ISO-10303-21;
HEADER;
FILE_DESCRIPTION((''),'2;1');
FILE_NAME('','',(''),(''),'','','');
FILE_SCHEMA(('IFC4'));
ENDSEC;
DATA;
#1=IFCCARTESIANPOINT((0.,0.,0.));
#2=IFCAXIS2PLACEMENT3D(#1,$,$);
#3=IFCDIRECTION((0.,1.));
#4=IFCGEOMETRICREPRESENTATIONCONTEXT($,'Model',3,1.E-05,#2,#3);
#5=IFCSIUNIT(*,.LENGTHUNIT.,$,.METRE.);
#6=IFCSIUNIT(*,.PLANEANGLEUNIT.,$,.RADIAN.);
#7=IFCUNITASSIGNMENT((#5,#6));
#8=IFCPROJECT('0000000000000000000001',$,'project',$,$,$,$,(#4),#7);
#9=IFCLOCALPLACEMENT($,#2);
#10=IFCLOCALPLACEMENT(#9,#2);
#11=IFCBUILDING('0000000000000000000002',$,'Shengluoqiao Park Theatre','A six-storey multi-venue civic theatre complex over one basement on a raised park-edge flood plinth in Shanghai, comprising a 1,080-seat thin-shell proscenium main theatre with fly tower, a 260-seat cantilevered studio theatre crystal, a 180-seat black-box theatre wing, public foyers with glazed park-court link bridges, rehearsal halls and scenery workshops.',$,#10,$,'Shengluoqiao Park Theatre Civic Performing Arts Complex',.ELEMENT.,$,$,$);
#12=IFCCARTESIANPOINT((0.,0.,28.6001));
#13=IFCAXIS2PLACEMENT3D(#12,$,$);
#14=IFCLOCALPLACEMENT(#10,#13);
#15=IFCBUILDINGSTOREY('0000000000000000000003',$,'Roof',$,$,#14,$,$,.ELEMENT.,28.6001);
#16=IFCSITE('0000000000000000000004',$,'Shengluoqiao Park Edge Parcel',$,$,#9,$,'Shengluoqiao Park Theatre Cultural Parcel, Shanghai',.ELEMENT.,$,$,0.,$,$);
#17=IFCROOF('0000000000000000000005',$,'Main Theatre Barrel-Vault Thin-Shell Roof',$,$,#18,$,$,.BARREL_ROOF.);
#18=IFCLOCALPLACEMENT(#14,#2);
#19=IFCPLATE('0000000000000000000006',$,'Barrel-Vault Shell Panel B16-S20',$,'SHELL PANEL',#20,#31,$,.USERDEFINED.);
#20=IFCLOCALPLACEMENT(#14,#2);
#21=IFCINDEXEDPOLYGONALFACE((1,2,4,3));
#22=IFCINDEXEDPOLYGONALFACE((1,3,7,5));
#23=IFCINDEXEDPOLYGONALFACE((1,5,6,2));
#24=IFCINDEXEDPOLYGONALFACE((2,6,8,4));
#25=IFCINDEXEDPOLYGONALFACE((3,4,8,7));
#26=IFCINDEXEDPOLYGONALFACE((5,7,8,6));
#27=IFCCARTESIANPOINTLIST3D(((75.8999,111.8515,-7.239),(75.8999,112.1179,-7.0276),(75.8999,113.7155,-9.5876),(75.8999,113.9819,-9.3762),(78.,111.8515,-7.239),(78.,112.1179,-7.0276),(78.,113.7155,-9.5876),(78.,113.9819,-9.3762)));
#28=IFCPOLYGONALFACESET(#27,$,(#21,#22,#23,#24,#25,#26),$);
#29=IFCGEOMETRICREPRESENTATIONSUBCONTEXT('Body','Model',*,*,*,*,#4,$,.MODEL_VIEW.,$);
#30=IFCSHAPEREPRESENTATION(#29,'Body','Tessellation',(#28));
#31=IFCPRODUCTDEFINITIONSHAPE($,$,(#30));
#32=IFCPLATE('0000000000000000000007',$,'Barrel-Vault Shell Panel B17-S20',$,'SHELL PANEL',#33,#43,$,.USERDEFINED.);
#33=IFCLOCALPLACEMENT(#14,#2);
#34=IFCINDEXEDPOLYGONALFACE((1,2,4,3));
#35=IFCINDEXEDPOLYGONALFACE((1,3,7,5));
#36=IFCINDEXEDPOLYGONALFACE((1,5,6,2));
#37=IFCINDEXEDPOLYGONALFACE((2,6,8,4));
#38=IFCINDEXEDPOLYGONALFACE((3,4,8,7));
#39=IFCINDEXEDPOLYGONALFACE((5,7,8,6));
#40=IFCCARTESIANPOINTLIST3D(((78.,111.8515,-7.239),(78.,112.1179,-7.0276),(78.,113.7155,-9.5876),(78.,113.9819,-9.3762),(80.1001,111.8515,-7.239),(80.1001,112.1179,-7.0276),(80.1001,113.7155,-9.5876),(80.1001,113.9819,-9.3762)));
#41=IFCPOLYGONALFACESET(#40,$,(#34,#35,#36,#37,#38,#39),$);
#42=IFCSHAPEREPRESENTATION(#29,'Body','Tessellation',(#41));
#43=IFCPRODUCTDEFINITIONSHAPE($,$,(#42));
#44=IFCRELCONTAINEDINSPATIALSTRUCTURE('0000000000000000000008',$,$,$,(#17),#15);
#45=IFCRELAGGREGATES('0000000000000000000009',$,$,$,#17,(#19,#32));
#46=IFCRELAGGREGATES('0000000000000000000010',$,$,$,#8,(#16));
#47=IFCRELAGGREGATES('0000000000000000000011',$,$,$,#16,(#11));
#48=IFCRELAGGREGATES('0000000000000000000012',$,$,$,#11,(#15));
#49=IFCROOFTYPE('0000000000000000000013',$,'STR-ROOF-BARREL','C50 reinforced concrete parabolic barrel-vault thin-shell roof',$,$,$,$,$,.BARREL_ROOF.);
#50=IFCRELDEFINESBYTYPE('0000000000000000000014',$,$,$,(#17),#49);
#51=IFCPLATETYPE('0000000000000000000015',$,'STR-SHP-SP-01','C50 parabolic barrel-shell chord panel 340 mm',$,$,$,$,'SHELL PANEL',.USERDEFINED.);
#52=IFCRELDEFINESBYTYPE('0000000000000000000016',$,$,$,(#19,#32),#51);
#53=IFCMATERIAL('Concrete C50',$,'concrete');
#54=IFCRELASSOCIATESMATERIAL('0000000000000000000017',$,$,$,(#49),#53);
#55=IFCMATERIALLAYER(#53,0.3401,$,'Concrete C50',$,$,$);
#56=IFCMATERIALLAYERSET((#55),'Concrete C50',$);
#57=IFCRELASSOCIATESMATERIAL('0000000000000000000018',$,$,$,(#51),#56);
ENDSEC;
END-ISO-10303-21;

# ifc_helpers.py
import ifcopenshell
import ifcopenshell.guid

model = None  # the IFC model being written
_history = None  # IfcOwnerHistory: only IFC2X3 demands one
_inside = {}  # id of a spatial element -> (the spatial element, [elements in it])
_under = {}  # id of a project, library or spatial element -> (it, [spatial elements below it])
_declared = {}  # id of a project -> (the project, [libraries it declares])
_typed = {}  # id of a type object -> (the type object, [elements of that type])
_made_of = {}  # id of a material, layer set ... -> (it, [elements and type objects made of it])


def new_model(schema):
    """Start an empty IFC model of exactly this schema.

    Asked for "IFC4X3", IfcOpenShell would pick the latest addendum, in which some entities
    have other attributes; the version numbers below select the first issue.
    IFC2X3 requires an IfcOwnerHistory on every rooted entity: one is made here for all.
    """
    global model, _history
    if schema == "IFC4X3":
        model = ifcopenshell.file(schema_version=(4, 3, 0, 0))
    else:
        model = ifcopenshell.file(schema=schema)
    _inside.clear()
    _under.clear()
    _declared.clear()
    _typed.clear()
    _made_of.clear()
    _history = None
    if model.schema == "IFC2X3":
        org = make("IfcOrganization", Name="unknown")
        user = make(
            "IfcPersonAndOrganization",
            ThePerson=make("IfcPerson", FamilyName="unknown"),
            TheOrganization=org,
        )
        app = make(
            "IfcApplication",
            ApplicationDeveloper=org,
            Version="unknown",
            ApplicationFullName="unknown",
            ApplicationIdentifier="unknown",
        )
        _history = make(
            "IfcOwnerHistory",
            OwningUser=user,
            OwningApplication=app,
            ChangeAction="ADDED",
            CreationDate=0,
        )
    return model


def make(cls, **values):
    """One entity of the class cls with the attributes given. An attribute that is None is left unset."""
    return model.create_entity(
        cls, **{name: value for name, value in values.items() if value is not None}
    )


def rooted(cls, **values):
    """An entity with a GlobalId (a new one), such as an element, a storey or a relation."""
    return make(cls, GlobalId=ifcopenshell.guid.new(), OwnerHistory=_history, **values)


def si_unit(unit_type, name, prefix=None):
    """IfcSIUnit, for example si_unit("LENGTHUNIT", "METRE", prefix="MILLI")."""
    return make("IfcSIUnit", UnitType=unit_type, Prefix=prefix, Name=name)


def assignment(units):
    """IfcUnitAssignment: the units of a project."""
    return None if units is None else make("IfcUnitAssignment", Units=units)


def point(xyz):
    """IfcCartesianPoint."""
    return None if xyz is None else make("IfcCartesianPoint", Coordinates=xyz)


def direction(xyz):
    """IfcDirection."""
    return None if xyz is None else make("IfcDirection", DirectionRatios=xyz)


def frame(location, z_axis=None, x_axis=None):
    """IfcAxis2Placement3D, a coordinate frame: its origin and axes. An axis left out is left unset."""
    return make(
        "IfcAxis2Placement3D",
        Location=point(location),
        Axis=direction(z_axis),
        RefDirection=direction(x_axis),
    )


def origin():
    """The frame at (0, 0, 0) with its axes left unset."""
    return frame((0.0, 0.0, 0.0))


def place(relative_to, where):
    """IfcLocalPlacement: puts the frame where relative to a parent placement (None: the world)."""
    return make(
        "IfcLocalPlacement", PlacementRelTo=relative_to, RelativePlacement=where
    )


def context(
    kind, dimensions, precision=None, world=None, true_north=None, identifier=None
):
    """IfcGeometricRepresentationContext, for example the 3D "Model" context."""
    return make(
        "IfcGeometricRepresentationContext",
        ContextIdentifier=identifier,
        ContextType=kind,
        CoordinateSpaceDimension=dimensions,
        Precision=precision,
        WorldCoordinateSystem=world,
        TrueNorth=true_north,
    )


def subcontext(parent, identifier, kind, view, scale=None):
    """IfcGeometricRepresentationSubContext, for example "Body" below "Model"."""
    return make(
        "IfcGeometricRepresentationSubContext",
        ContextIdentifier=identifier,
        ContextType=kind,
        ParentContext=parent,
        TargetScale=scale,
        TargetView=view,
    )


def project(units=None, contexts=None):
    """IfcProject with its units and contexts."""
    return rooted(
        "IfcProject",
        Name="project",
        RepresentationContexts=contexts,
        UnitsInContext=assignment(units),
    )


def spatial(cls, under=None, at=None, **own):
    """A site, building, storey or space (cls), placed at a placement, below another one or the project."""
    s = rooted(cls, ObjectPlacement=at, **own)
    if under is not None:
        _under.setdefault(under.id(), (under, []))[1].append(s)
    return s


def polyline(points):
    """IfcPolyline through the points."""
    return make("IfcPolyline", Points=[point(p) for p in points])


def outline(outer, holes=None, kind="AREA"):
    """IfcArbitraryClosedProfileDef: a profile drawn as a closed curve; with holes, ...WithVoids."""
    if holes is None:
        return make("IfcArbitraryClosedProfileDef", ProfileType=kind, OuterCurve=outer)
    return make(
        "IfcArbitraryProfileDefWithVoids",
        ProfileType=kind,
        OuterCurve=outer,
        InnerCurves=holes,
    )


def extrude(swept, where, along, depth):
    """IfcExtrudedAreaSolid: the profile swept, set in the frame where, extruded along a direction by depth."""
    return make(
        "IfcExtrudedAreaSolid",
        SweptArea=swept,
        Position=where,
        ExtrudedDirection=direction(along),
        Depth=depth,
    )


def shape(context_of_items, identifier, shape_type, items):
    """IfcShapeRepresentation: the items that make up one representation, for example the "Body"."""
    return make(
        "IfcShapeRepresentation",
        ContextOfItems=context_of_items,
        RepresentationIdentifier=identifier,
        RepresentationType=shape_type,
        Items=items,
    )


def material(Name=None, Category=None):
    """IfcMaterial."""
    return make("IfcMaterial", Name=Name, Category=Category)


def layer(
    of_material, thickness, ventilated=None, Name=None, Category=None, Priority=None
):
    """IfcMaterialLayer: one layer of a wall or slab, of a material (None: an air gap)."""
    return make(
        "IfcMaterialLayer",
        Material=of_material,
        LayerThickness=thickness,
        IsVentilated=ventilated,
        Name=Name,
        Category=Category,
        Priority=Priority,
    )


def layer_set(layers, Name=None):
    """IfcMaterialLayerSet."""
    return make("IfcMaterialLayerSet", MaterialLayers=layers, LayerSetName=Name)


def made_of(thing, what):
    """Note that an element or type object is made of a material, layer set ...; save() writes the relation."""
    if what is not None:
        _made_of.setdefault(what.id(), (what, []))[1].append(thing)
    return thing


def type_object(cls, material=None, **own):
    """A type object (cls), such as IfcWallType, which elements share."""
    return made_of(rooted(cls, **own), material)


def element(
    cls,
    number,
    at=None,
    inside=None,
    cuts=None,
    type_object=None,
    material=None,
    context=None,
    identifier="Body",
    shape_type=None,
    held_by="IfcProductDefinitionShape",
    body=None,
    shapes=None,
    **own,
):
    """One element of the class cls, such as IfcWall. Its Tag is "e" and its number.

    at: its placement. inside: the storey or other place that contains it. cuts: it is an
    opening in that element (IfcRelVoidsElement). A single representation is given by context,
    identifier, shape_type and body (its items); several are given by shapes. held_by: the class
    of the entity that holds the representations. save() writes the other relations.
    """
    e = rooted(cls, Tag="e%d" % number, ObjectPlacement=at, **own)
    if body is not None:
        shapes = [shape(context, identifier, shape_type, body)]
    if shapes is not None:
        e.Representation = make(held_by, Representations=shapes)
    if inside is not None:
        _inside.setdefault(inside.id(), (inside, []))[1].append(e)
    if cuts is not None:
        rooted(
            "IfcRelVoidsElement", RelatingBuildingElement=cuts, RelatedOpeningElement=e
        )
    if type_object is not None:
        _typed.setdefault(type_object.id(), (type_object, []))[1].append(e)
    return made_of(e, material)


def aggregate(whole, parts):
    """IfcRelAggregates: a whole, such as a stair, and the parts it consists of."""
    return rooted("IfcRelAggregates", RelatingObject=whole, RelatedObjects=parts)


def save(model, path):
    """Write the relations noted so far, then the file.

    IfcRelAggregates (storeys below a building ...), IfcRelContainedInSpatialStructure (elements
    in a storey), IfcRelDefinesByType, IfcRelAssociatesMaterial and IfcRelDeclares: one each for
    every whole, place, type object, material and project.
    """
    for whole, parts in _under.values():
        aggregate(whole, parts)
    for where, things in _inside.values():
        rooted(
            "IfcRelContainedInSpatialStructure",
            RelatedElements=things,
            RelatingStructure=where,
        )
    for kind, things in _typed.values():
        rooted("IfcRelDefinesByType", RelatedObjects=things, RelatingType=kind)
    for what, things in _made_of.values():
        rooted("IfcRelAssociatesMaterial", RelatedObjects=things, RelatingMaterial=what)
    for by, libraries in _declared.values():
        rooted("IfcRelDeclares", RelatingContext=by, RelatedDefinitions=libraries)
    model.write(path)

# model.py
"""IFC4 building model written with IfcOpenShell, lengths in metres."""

from ifc_helpers import new_model, si_unit, direction, frame, origin, place, context, subcontext, project, spatial, polyline, outline, extrude, material, layer, layer_set, type_object, element, aggregate, save


model = new_model("IFC4")

# Units and contexts
model_context = context("Model", 3, precision=1e-05, world=origin(), true_north=direction((0.0, 1.0)))
body_context = subcontext(model_context, "Body", "Model", "MODEL_VIEW")
ifc_project = project(units=[si_unit("LENGTHUNIT", "METRE"), si_unit("PLANEANGLEUNIT", "RADIAN")], contexts=[model_context])

# Site, building, storey
site_placement = place(None, origin())
site = spatial("IfcSite", under=ifc_project, at=site_placement, Name="Shengluoqiao Park Edge Parcel", LongName="Shengluoqiao Park Theatre Cultural Parcel, Shanghai", CompositionType="ELEMENT", RefElevation=0.0)
building_placement = place(site_placement, origin())
building = spatial("IfcBuilding", under=site, at=building_placement, Name="Shengluoqiao Park Theatre", Description="A six-storey multi-venue civic theatre complex over one basement on a raised park-edge flood plinth in Shanghai, comprising a 1,080-seat thin-shell proscenium main theatre with fly tower, a 260-seat cantilevered studio theatre crystal, a 180-seat black-box theatre wing, public foyers with glazed park-court link bridges, rehearsal halls and scenery workshops.", LongName="Shengluoqiao Park Theatre Civic Performing Arts Complex", CompositionType="ELEMENT")
storey_placement = place(building_placement, frame((0.0, 0.0, 28.6001)))
storey = spatial("IfcBuildingStorey", under=building, at=storey_placement, Name="Roof", CompositionType="ELEMENT", Elevation=28.6001)

# Shared definitions
ifc_material_1 = material(Name="Concrete C50", Category="concrete")

# Roof, plates
roof_type = type_object("IfcRoofType", Name="STR-ROOF-BARREL", Description="C50 reinforced concrete parabolic barrel-vault thin-shell roof", PredefinedType="BARREL_ROOF", material=ifc_material_1)
roof_placement = place(storey_placement, origin())
roof = element("IfcRoof", 1, at=roof_placement, inside=storey, type_object=roof_type, Name="Main Theatre Barrel-Vault Thin-Shell Roof", PredefinedType="BARREL_ROOF")
ifc_layer_1 = layer(ifc_material_1, 0.3401, Name="Concrete C50")
ifc_layer_set_1 = layer_set([ifc_layer_1], Name="Concrete C50")
plate_type_1 = type_object("IfcPlateType", Name="STR-SHP-SP-01", Description="C50 parabolic barrel-shell chord panel 340 mm", ElementType="SHELL PANEL", PredefinedType="USERDEFINED", material=ifc_layer_set_1)
plate_1_placement = place(storey_placement, frame((75.8999, 112.1179, -7.0276), z_axis=(0.0, 0.783286, 0.621662), x_axis=(1.0, 0.0, 0.0)))
plate_1 = element("IfcPlate", 2, at=plate_1_placement, type_object=plate_type_1, Name="Barrel-Vault Shell Panel B16-S20", ObjectType="SHELL PANEL", PredefinedType="USERDEFINED", context=body_context, shape_type="SweptSolid", body=[
    extrude(outline(polyline([(0.0, 0.0), (2.1001, 0.0), (2.1001, 2.9984), (0.0, 2.9984), (0.0, 0.0)])), origin(), (0.0, 0.0, -1.0), 0.3401),
])
plate_2_placement = place(storey_placement, frame((78.0, 112.1179, -7.0276), z_axis=(0.0, 0.783286, 0.621662), x_axis=(1.0, 0.0, 0.0)))
plate_2 = element("IfcPlate", 3, at=plate_2_placement, type_object=plate_type_1, Name="Barrel-Vault Shell Panel B17-S20", ObjectType="SHELL PANEL", PredefinedType="USERDEFINED", context=body_context, shape_type="SweptSolid", body=[
    extrude(outline(polyline([(0.0, 0.0), (2.1001, 0.0), (2.1001, 2.9984), (0.0, 2.9984), (0.0, 0.0)])), origin(), (0.0, 0.0, -1.0), 0.3401),
])
aggregate(roof, [plate_1, plate_2])

save(model, "model.ifc")
